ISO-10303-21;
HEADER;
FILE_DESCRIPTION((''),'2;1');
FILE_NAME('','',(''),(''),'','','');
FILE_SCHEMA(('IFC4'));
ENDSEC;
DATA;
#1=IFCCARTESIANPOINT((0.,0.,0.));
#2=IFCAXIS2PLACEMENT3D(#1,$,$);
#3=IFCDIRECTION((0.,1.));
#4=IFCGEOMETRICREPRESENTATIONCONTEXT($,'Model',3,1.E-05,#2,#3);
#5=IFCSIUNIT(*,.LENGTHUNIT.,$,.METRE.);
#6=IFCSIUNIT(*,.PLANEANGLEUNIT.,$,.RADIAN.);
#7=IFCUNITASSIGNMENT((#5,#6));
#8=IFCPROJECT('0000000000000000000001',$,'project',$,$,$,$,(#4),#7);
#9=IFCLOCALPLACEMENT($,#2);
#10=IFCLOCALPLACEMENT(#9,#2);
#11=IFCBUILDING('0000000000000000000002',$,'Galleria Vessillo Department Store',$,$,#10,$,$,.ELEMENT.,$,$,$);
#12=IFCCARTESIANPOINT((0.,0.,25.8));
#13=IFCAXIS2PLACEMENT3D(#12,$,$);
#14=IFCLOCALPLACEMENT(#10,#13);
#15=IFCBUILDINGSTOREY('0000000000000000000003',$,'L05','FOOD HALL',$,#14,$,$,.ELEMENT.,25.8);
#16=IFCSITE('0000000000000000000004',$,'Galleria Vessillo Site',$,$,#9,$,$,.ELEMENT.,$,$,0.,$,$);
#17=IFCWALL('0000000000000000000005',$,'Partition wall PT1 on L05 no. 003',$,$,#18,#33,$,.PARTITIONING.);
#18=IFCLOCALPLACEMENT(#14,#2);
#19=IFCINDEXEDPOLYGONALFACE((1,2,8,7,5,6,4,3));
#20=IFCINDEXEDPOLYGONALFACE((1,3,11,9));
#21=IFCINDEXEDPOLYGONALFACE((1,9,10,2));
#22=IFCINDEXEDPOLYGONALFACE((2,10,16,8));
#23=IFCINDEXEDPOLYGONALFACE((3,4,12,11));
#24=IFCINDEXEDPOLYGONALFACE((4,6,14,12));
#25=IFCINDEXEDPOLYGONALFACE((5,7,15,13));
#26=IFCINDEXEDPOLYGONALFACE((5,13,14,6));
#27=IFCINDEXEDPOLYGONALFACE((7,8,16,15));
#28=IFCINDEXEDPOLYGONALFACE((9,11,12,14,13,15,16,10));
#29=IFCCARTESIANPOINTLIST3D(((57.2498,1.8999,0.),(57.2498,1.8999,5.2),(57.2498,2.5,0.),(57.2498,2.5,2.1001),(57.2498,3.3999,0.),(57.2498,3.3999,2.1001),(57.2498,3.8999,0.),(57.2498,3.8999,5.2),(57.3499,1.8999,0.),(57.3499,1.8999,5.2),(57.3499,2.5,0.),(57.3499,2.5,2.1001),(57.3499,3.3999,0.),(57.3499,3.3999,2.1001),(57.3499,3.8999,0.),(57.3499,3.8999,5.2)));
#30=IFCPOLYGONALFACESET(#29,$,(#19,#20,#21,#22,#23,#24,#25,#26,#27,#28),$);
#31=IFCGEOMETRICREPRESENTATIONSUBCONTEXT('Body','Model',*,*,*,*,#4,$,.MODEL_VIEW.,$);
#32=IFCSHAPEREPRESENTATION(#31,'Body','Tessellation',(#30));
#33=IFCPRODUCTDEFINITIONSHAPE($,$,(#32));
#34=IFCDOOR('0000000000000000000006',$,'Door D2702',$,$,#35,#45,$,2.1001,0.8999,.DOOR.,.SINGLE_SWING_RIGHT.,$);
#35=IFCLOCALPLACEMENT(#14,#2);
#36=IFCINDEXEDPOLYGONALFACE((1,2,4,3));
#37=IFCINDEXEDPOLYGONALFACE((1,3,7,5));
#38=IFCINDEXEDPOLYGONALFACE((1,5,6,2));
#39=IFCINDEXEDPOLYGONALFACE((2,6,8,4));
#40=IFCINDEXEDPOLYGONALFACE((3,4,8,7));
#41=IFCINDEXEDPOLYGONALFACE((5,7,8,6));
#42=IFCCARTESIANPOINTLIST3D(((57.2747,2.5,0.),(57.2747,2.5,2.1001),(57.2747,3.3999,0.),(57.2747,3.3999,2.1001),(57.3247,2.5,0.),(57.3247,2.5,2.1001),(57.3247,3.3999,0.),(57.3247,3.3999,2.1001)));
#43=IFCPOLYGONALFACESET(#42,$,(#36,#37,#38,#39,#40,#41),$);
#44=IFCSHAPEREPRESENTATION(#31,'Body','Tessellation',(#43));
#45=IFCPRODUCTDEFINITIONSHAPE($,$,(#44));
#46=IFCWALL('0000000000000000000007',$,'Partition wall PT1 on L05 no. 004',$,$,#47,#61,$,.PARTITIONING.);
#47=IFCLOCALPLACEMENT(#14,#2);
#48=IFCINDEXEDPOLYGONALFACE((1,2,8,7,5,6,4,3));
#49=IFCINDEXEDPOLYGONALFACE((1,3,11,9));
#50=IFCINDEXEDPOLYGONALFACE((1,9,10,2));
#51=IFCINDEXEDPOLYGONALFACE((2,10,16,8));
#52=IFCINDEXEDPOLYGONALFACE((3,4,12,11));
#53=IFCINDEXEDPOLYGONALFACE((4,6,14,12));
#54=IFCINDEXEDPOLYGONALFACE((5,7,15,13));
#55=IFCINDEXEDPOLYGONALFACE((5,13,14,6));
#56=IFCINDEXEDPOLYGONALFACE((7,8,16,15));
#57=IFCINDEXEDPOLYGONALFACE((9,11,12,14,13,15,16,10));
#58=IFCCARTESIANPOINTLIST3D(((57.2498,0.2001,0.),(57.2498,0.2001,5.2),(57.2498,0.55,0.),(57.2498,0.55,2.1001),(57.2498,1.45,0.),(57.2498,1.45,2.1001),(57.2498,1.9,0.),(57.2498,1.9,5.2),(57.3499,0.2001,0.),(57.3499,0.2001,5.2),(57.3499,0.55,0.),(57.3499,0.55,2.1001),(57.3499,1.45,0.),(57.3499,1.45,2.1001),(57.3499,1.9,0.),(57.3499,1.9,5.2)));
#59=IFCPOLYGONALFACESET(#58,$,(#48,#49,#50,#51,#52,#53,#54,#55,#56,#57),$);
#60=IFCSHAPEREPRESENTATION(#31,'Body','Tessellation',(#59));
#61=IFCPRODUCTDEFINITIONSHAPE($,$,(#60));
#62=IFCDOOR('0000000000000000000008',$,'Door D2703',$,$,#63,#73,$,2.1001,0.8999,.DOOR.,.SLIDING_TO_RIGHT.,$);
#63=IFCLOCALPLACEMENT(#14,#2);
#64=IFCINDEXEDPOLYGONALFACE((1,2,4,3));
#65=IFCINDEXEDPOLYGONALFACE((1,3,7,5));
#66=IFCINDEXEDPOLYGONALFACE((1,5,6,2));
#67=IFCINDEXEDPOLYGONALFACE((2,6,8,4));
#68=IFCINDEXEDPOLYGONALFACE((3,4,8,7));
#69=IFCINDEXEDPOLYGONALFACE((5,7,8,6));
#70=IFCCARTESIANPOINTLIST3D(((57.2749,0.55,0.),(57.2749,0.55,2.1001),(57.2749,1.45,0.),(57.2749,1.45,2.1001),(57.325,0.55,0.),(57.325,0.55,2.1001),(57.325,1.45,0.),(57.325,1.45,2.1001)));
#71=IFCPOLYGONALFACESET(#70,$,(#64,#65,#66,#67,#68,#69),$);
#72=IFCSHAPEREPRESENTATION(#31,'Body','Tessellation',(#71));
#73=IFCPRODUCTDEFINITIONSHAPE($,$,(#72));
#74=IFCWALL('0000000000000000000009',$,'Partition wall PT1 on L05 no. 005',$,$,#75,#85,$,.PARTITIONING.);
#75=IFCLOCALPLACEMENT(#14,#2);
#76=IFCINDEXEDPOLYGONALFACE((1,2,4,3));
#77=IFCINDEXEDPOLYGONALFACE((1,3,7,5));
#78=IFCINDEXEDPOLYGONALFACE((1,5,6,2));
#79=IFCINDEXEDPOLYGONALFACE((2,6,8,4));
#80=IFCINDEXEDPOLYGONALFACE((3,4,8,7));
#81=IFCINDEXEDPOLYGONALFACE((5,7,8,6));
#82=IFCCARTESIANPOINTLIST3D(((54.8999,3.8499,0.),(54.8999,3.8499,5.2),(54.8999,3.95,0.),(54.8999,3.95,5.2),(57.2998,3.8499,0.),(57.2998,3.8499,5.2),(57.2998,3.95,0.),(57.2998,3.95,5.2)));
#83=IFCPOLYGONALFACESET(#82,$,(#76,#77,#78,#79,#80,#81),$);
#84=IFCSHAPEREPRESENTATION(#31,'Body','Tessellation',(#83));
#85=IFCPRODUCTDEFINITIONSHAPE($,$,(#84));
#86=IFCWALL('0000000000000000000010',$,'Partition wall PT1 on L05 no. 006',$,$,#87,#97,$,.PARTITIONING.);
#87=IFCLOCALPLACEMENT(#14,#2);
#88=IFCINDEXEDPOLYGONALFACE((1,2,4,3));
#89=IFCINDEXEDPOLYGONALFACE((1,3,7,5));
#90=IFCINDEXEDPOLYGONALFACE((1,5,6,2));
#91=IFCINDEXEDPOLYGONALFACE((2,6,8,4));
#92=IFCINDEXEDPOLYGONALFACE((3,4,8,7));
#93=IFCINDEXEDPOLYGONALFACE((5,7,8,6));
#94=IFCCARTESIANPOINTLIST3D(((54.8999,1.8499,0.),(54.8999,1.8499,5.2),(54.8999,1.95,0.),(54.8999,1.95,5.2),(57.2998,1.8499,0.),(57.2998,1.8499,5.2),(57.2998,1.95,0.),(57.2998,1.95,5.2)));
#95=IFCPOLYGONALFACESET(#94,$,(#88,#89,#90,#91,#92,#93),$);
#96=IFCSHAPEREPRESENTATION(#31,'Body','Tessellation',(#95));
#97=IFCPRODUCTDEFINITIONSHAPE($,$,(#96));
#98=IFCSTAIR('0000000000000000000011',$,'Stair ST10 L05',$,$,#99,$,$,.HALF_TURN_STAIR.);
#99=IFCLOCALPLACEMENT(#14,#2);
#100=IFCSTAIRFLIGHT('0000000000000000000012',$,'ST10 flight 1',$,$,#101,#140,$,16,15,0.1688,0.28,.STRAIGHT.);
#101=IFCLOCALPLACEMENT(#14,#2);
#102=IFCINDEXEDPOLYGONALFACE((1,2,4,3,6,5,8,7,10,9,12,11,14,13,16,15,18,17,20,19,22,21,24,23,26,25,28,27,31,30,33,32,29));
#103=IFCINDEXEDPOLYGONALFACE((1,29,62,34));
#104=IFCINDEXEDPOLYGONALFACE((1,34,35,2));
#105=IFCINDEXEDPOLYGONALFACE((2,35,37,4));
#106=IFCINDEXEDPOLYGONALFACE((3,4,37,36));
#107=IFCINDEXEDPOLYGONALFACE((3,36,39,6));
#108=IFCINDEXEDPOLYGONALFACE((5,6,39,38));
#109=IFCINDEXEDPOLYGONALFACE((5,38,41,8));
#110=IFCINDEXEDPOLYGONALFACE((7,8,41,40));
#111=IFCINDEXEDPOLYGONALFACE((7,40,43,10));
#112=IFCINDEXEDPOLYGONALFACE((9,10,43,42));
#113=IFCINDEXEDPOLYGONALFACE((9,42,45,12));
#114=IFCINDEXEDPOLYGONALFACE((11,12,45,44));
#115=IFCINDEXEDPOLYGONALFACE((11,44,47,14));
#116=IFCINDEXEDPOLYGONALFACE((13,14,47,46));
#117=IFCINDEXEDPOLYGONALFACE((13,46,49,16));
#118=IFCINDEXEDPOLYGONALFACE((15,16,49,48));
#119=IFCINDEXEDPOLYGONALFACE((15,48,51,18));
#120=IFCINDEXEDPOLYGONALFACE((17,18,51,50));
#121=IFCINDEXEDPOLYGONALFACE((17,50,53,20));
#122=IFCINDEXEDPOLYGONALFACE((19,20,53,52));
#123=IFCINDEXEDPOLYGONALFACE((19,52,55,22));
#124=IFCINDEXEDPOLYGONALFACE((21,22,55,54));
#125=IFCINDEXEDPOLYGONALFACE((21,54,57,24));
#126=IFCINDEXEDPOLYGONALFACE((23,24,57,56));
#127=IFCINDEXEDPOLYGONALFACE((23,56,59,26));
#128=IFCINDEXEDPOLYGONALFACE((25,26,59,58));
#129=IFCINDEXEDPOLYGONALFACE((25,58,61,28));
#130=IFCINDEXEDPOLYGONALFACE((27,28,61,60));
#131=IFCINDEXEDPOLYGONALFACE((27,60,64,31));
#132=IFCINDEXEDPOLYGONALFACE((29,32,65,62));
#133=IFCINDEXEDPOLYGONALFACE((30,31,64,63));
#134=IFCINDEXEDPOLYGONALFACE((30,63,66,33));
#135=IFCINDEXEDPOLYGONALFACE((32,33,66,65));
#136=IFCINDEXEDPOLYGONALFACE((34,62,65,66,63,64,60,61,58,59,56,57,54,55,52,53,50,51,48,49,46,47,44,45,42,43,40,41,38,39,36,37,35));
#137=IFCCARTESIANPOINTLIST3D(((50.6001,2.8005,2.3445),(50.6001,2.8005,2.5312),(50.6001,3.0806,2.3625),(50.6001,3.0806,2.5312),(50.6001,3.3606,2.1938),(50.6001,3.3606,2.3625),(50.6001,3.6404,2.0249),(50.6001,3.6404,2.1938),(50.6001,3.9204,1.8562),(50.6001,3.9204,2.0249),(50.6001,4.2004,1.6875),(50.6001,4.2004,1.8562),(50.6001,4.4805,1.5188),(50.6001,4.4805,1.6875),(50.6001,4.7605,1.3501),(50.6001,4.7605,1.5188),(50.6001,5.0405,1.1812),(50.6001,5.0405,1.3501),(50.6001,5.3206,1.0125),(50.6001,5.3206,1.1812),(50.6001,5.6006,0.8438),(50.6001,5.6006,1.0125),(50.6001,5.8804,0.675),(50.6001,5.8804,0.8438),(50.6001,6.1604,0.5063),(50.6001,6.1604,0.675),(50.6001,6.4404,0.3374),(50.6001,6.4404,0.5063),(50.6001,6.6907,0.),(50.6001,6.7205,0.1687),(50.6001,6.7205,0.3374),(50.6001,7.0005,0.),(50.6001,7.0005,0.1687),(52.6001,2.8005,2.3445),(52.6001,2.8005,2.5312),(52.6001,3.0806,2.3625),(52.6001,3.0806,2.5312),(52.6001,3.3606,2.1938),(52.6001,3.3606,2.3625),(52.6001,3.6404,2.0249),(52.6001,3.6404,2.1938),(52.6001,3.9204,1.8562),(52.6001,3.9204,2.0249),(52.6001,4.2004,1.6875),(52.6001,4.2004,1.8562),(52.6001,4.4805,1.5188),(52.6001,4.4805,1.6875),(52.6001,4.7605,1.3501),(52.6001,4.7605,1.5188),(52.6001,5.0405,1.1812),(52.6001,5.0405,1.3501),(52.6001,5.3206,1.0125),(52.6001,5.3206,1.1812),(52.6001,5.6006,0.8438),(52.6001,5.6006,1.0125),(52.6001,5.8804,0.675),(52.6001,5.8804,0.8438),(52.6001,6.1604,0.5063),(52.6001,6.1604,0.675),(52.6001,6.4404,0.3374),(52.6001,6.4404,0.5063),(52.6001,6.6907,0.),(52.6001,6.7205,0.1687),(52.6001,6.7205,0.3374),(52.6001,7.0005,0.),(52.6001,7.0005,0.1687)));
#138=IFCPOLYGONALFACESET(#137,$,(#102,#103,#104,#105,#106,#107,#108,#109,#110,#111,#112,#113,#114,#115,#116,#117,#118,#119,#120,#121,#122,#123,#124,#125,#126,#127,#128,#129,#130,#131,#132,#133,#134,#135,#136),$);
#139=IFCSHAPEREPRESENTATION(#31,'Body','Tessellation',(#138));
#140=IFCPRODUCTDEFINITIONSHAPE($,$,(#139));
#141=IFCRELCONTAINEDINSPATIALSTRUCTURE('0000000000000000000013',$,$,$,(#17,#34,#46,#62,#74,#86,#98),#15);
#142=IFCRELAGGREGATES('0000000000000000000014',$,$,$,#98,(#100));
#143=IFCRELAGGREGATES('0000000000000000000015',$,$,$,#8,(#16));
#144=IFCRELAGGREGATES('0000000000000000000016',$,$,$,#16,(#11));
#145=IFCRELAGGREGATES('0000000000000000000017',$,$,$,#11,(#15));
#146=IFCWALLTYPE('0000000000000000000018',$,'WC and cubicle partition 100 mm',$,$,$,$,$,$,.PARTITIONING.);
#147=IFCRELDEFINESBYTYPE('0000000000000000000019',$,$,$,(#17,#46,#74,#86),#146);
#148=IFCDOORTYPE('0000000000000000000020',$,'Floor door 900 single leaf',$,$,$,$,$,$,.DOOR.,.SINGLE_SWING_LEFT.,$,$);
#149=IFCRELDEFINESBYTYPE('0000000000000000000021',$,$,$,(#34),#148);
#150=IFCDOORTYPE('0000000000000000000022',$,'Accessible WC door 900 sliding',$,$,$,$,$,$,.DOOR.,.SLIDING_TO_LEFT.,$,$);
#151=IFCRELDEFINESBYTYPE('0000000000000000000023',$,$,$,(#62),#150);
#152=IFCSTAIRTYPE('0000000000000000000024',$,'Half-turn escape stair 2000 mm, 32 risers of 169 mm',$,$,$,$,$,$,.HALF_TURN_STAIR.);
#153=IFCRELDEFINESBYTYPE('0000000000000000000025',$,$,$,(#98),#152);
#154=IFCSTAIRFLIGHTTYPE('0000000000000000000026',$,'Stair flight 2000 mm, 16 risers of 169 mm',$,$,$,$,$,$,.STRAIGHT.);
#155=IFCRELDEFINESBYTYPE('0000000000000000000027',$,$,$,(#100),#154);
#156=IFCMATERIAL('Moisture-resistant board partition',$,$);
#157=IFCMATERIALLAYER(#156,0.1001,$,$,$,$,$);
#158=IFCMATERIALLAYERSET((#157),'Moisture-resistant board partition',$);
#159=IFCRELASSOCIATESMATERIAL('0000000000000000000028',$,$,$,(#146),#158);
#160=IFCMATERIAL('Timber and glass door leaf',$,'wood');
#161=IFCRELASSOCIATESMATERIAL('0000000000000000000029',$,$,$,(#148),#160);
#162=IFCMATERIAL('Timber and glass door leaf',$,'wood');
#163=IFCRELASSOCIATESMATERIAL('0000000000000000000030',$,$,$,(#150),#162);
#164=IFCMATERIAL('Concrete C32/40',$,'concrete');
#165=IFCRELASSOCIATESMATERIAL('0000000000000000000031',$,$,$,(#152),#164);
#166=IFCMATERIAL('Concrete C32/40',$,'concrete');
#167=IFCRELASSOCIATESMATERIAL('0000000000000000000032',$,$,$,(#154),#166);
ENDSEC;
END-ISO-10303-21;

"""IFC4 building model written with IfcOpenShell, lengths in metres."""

from ifc_helpers import new_model, si_unit, direction, frame, frame_2d, origin, place, context, subcontext, project, spatial, polyline, rectangle, outline, extrude, material, layer, layer_set, type_object, element, fill, aggregate, save


model = new_model("IFC4")

# Units and contexts
model_context = context("Model", 3, precision=1e-05, world=origin(), true_north=direction((0.0, 1.0)))
body_context = subcontext(model_context, "Body", "Model", "MODEL_VIEW")
ifc_project = project(units=[si_unit("LENGTHUNIT", "METRE"), si_unit("PLANEANGLEUNIT", "RADIAN")], contexts=[model_context])

# Site, building, storey
site_placement = place(None, origin())
site = spatial("IfcSite", under=ifc_project, at=site_placement, Name="Galleria Vessillo Site", CompositionType="ELEMENT", RefElevation=0.0)
building_placement = place(site_placement, origin())
building = spatial("IfcBuilding", under=site, at=building_placement, Name="Galleria Vessillo Department Store", CompositionType="ELEMENT")
storey_placement = place(building_placement, frame((0.0, 0.0, 25.8)))
storey = spatial("IfcBuildingStorey", under=building, at=storey_placement, Name="L05", Description="FOOD HALL", CompositionType="ELEMENT", Elevation=25.8)

# Shared definitions
ifc_material_1 = material(Name="Moisture-resistant board partition")
ifc_layer_1 = layer(ifc_material_1, 0.1001)
ifc_layer_set_1 = layer_set([ifc_layer_1], Name="Moisture-resistant board partition")
wall_type_1 = type_object("IfcWallType", Name="WC and cubicle partition 100 mm", PredefinedType="PARTITIONING", material=ifc_layer_set_1)
ifc_material_2 = material(Name="Timber and glass door leaf", Category="wood")
door_type_1 = type_object("IfcDoorType", Name="Floor door 900 single leaf", OperationType="SINGLE_SWING_LEFT", PredefinedType="DOOR", material=ifc_material_2)

# Walls, openings, doors
wall_1_placement = place(storey_placement, frame((57.2998, 1.8999, 0.0), z_axis=(0.0, 0.0, 1.0), x_axis=(0.0, 1.0, 0.0)))
wall_1 = element("IfcWall", 1, at=wall_1_placement, inside=storey, type_object=wall_type_1, Name="Partition wall PT1 on L05 no. 003", PredefinedType="PARTITIONING", context=body_context, shape_type="SweptSolid", body=[
    extrude(rectangle(XDim=2.0, YDim=0.1001, at=frame_2d((1.0, 0.0))), origin(), (0.0, 0.0, 1.0), 5.2),
])
opening_1_placement = place(wall_1_placement, frame((0.6001, 0.0, 0.0)))
opening_1 = element("IfcOpeningElement", 2, at=opening_1_placement, cuts=wall_1, PredefinedType="OPENING", context=body_context, shape_type="SweptSolid", body=[
    extrude(rectangle(XDim=0.8999, YDim=2.1001, at=frame_2d((0.45, 1.05))), frame((0.0, 0.0601, 0.0), z_axis=(0.0, -1.0, 0.0), x_axis=(1.0, 0.0, 0.0)), (0.0, 0.0, 1.0), 0.1201),
])
door_1_placement = place(opening_1_placement, frame((0.8999, 0.0, 0.0), z_axis=(0.0, 0.0, 1.0), x_axis=(-1.0, 0.0, 0.0)))
door_1 = element("IfcDoor", 3, at=door_1_placement, inside=storey, type_object=door_type_1, Name="Door D2702", OperationType="SINGLE_SWING_RIGHT", OverallHeight=2.1001, OverallWidth=0.8999, PredefinedType="DOOR", context=body_context, shape_type="SweptSolid", body=[
    extrude(rectangle(XDim=0.8999, YDim=2.1001, at=frame_2d((0.45, 1.05))), frame((0.0, 0.0249, 0.0), z_axis=(0.0, -1.0, 0.0), x_axis=(1.0, 0.0, 0.0)), (0.0, 0.0, 1.0), 0.05),
])
fill(opening_1, door_1)
wall_2_placement = place(storey_placement, frame((57.2998, 0.2, 0.0), z_axis=(0.0, 0.0, 1.0), x_axis=(0.0, 1.0, 0.0)))
wall_2 = element("IfcWall", 4, at=wall_2_placement, inside=storey, type_object=wall_type_1, Name="Partition wall PT1 on L05 no. 004", PredefinedType="PARTITIONING", context=body_context, shape_type="SweptSolid", body=[
    extrude(rectangle(XDim=1.7, YDim=0.1001, at=frame_2d((0.8501, 0.0))), origin(), (0.0, 0.0, 1.0), 5.2),
])
opening_2_placement = place(wall_2_placement, frame((0.3501, 0.0, 0.0)))
opening_2 = element("IfcOpeningElement", 5, at=opening_2_placement, cuts=wall_2, PredefinedType="OPENING", context=body_context, shape_type="SweptSolid", body=[
    extrude(rectangle(XDim=0.8999, YDim=2.1001, at=frame_2d((0.45, 1.05))), frame((0.0, 0.0601, 0.0), z_axis=(0.0, -1.0, 0.0), x_axis=(1.0, 0.0, 0.0)), (0.0, 0.0, 1.0), 0.1201),
])
ifc_material_3 = material(Name="Timber and glass door leaf", Category="wood")
door_type_2 = type_object("IfcDoorType", Name="Accessible WC door 900 sliding", OperationType="SLIDING_TO_LEFT", PredefinedType="DOOR", material=ifc_material_3)
door_2_placement = place(opening_2_placement, origin())
door_2 = element("IfcDoor", 6, at=door_2_placement, inside=storey, type_object=door_type_2, Name="Door D2703", OperationType="SLIDING_TO_RIGHT", OverallHeight=2.1001, OverallWidth=0.8999, PredefinedType="DOOR", context=body_context, shape_type="SweptSolid", body=[
    extrude(rectangle(XDim=0.8999, YDim=2.1001, at=frame_2d((0.45, 1.05))), frame((0.0, 0.0249, 0.0), z_axis=(0.0, -1.0, 0.0), x_axis=(1.0, 0.0, 0.0)), (0.0, 0.0, 1.0), 0.05),
])
fill(opening_2, door_2)

# Walls
for number, where, z_axis, x_axis, name in (
    (7, (54.8999, 3.8999, 0.0), (0.0, 0.0, 1.0), (1.0, 0.0, 0.0), "Partition wall PT1 on L05 no. 005"),
    (8, (54.8999, 1.8999, 0.0), (0.0, 0.0, 1.0), (1.0, 0.0, 0.0), "Partition wall PT1 on L05 no. 006"),
):
    element("IfcWall", number, at=place(storey_placement, frame(where, z_axis=z_axis, x_axis=x_axis)), inside=storey, type_object=wall_type_1, Name=name, PredefinedType="PARTITIONING", context=body_context, shape_type="SweptSolid", body=[
        extrude(rectangle(XDim=2.3999, YDim=0.1001, at=frame_2d((1.2, 0.0))), origin(), (0.0, 0.0, 1.0), 5.2),
    ])

# Stair, stair flight
ifc_material_4 = material(Name="Concrete C32/40", Category="concrete")
stair_type = type_object("IfcStairType", Name="Half-turn escape stair 2000 mm, 32 risers of 169 mm", PredefinedType="HALF_TURN_STAIR", material=ifc_material_4)
stair_placement = place(storey_placement, origin())
stair = element("IfcStair", 9, at=stair_placement, inside=storey, type_object=stair_type, Name="Stair ST10 L05", PredefinedType="HALF_TURN_STAIR")
ifc_material_5 = material(Name="Concrete C32/40", Category="concrete")
stair_flight_type = type_object("IfcStairFlightType", Name="Stair flight 2000 mm, 16 risers of 169 mm", PredefinedType="STRAIGHT", material=ifc_material_5)
stair_flight_1_placement = place(storey_placement, frame((51.6001, 7.0005, 0.0), z_axis=(0.0, 0.0, 1.0), x_axis=(0.0, -1.0, 0.0)))
stair_flight_1 = element("IfcStairFlight", 10, at=stair_flight_1_placement, type_object=stair_flight_type, Name="ST10 flight 1", NumberOfRisers=16, NumberOfTreads=15, PredefinedType="STRAIGHT", RiserHeight=0.1688, TreadLength=0.28, context=body_context, shape_type="SweptSolid", body=[
    extrude(outline(polyline([(0.0, 0.0), (0.0, 0.1687), (0.28, 0.1687), (0.28, 0.3374), (0.5601, 0.3374), (0.5601, 0.5063), (0.8401, 0.5063), (0.8401, 0.675), (1.1201, 0.675), (1.1201, 0.8438), (1.3999, 0.8438), (1.3999, 1.0125), (1.6799, 1.0125), (1.6799, 1.1812), (1.96, 1.1812), (1.96, 1.3501), (2.24, 1.3501), (2.24, 1.5188), (2.52, 1.5188), (2.52, 1.6875), (2.8, 1.6875), (2.8, 1.8562), (3.0801, 1.8562), (3.0801, 2.0249), (3.3601, 2.0249), (3.3601, 2.1938), (3.6399, 2.1938), (3.6399, 2.3625), (3.9199, 2.3625), (3.9199, 2.5312), (4.2, 2.5312), (4.2, 2.7), (4.2, 2.3445), (0.3098, 0.0), (0.0, 0.0)])), frame((0.0, 1.0, 0.0), z_axis=(0.0, -1.0, 0.0), x_axis=(1.0, 0.0, 0.0)), (0.0, 0.0, 1.0), 2.0),
])
aggregate(stair, [stair_flight_1])

save(model, "model.ifc")
